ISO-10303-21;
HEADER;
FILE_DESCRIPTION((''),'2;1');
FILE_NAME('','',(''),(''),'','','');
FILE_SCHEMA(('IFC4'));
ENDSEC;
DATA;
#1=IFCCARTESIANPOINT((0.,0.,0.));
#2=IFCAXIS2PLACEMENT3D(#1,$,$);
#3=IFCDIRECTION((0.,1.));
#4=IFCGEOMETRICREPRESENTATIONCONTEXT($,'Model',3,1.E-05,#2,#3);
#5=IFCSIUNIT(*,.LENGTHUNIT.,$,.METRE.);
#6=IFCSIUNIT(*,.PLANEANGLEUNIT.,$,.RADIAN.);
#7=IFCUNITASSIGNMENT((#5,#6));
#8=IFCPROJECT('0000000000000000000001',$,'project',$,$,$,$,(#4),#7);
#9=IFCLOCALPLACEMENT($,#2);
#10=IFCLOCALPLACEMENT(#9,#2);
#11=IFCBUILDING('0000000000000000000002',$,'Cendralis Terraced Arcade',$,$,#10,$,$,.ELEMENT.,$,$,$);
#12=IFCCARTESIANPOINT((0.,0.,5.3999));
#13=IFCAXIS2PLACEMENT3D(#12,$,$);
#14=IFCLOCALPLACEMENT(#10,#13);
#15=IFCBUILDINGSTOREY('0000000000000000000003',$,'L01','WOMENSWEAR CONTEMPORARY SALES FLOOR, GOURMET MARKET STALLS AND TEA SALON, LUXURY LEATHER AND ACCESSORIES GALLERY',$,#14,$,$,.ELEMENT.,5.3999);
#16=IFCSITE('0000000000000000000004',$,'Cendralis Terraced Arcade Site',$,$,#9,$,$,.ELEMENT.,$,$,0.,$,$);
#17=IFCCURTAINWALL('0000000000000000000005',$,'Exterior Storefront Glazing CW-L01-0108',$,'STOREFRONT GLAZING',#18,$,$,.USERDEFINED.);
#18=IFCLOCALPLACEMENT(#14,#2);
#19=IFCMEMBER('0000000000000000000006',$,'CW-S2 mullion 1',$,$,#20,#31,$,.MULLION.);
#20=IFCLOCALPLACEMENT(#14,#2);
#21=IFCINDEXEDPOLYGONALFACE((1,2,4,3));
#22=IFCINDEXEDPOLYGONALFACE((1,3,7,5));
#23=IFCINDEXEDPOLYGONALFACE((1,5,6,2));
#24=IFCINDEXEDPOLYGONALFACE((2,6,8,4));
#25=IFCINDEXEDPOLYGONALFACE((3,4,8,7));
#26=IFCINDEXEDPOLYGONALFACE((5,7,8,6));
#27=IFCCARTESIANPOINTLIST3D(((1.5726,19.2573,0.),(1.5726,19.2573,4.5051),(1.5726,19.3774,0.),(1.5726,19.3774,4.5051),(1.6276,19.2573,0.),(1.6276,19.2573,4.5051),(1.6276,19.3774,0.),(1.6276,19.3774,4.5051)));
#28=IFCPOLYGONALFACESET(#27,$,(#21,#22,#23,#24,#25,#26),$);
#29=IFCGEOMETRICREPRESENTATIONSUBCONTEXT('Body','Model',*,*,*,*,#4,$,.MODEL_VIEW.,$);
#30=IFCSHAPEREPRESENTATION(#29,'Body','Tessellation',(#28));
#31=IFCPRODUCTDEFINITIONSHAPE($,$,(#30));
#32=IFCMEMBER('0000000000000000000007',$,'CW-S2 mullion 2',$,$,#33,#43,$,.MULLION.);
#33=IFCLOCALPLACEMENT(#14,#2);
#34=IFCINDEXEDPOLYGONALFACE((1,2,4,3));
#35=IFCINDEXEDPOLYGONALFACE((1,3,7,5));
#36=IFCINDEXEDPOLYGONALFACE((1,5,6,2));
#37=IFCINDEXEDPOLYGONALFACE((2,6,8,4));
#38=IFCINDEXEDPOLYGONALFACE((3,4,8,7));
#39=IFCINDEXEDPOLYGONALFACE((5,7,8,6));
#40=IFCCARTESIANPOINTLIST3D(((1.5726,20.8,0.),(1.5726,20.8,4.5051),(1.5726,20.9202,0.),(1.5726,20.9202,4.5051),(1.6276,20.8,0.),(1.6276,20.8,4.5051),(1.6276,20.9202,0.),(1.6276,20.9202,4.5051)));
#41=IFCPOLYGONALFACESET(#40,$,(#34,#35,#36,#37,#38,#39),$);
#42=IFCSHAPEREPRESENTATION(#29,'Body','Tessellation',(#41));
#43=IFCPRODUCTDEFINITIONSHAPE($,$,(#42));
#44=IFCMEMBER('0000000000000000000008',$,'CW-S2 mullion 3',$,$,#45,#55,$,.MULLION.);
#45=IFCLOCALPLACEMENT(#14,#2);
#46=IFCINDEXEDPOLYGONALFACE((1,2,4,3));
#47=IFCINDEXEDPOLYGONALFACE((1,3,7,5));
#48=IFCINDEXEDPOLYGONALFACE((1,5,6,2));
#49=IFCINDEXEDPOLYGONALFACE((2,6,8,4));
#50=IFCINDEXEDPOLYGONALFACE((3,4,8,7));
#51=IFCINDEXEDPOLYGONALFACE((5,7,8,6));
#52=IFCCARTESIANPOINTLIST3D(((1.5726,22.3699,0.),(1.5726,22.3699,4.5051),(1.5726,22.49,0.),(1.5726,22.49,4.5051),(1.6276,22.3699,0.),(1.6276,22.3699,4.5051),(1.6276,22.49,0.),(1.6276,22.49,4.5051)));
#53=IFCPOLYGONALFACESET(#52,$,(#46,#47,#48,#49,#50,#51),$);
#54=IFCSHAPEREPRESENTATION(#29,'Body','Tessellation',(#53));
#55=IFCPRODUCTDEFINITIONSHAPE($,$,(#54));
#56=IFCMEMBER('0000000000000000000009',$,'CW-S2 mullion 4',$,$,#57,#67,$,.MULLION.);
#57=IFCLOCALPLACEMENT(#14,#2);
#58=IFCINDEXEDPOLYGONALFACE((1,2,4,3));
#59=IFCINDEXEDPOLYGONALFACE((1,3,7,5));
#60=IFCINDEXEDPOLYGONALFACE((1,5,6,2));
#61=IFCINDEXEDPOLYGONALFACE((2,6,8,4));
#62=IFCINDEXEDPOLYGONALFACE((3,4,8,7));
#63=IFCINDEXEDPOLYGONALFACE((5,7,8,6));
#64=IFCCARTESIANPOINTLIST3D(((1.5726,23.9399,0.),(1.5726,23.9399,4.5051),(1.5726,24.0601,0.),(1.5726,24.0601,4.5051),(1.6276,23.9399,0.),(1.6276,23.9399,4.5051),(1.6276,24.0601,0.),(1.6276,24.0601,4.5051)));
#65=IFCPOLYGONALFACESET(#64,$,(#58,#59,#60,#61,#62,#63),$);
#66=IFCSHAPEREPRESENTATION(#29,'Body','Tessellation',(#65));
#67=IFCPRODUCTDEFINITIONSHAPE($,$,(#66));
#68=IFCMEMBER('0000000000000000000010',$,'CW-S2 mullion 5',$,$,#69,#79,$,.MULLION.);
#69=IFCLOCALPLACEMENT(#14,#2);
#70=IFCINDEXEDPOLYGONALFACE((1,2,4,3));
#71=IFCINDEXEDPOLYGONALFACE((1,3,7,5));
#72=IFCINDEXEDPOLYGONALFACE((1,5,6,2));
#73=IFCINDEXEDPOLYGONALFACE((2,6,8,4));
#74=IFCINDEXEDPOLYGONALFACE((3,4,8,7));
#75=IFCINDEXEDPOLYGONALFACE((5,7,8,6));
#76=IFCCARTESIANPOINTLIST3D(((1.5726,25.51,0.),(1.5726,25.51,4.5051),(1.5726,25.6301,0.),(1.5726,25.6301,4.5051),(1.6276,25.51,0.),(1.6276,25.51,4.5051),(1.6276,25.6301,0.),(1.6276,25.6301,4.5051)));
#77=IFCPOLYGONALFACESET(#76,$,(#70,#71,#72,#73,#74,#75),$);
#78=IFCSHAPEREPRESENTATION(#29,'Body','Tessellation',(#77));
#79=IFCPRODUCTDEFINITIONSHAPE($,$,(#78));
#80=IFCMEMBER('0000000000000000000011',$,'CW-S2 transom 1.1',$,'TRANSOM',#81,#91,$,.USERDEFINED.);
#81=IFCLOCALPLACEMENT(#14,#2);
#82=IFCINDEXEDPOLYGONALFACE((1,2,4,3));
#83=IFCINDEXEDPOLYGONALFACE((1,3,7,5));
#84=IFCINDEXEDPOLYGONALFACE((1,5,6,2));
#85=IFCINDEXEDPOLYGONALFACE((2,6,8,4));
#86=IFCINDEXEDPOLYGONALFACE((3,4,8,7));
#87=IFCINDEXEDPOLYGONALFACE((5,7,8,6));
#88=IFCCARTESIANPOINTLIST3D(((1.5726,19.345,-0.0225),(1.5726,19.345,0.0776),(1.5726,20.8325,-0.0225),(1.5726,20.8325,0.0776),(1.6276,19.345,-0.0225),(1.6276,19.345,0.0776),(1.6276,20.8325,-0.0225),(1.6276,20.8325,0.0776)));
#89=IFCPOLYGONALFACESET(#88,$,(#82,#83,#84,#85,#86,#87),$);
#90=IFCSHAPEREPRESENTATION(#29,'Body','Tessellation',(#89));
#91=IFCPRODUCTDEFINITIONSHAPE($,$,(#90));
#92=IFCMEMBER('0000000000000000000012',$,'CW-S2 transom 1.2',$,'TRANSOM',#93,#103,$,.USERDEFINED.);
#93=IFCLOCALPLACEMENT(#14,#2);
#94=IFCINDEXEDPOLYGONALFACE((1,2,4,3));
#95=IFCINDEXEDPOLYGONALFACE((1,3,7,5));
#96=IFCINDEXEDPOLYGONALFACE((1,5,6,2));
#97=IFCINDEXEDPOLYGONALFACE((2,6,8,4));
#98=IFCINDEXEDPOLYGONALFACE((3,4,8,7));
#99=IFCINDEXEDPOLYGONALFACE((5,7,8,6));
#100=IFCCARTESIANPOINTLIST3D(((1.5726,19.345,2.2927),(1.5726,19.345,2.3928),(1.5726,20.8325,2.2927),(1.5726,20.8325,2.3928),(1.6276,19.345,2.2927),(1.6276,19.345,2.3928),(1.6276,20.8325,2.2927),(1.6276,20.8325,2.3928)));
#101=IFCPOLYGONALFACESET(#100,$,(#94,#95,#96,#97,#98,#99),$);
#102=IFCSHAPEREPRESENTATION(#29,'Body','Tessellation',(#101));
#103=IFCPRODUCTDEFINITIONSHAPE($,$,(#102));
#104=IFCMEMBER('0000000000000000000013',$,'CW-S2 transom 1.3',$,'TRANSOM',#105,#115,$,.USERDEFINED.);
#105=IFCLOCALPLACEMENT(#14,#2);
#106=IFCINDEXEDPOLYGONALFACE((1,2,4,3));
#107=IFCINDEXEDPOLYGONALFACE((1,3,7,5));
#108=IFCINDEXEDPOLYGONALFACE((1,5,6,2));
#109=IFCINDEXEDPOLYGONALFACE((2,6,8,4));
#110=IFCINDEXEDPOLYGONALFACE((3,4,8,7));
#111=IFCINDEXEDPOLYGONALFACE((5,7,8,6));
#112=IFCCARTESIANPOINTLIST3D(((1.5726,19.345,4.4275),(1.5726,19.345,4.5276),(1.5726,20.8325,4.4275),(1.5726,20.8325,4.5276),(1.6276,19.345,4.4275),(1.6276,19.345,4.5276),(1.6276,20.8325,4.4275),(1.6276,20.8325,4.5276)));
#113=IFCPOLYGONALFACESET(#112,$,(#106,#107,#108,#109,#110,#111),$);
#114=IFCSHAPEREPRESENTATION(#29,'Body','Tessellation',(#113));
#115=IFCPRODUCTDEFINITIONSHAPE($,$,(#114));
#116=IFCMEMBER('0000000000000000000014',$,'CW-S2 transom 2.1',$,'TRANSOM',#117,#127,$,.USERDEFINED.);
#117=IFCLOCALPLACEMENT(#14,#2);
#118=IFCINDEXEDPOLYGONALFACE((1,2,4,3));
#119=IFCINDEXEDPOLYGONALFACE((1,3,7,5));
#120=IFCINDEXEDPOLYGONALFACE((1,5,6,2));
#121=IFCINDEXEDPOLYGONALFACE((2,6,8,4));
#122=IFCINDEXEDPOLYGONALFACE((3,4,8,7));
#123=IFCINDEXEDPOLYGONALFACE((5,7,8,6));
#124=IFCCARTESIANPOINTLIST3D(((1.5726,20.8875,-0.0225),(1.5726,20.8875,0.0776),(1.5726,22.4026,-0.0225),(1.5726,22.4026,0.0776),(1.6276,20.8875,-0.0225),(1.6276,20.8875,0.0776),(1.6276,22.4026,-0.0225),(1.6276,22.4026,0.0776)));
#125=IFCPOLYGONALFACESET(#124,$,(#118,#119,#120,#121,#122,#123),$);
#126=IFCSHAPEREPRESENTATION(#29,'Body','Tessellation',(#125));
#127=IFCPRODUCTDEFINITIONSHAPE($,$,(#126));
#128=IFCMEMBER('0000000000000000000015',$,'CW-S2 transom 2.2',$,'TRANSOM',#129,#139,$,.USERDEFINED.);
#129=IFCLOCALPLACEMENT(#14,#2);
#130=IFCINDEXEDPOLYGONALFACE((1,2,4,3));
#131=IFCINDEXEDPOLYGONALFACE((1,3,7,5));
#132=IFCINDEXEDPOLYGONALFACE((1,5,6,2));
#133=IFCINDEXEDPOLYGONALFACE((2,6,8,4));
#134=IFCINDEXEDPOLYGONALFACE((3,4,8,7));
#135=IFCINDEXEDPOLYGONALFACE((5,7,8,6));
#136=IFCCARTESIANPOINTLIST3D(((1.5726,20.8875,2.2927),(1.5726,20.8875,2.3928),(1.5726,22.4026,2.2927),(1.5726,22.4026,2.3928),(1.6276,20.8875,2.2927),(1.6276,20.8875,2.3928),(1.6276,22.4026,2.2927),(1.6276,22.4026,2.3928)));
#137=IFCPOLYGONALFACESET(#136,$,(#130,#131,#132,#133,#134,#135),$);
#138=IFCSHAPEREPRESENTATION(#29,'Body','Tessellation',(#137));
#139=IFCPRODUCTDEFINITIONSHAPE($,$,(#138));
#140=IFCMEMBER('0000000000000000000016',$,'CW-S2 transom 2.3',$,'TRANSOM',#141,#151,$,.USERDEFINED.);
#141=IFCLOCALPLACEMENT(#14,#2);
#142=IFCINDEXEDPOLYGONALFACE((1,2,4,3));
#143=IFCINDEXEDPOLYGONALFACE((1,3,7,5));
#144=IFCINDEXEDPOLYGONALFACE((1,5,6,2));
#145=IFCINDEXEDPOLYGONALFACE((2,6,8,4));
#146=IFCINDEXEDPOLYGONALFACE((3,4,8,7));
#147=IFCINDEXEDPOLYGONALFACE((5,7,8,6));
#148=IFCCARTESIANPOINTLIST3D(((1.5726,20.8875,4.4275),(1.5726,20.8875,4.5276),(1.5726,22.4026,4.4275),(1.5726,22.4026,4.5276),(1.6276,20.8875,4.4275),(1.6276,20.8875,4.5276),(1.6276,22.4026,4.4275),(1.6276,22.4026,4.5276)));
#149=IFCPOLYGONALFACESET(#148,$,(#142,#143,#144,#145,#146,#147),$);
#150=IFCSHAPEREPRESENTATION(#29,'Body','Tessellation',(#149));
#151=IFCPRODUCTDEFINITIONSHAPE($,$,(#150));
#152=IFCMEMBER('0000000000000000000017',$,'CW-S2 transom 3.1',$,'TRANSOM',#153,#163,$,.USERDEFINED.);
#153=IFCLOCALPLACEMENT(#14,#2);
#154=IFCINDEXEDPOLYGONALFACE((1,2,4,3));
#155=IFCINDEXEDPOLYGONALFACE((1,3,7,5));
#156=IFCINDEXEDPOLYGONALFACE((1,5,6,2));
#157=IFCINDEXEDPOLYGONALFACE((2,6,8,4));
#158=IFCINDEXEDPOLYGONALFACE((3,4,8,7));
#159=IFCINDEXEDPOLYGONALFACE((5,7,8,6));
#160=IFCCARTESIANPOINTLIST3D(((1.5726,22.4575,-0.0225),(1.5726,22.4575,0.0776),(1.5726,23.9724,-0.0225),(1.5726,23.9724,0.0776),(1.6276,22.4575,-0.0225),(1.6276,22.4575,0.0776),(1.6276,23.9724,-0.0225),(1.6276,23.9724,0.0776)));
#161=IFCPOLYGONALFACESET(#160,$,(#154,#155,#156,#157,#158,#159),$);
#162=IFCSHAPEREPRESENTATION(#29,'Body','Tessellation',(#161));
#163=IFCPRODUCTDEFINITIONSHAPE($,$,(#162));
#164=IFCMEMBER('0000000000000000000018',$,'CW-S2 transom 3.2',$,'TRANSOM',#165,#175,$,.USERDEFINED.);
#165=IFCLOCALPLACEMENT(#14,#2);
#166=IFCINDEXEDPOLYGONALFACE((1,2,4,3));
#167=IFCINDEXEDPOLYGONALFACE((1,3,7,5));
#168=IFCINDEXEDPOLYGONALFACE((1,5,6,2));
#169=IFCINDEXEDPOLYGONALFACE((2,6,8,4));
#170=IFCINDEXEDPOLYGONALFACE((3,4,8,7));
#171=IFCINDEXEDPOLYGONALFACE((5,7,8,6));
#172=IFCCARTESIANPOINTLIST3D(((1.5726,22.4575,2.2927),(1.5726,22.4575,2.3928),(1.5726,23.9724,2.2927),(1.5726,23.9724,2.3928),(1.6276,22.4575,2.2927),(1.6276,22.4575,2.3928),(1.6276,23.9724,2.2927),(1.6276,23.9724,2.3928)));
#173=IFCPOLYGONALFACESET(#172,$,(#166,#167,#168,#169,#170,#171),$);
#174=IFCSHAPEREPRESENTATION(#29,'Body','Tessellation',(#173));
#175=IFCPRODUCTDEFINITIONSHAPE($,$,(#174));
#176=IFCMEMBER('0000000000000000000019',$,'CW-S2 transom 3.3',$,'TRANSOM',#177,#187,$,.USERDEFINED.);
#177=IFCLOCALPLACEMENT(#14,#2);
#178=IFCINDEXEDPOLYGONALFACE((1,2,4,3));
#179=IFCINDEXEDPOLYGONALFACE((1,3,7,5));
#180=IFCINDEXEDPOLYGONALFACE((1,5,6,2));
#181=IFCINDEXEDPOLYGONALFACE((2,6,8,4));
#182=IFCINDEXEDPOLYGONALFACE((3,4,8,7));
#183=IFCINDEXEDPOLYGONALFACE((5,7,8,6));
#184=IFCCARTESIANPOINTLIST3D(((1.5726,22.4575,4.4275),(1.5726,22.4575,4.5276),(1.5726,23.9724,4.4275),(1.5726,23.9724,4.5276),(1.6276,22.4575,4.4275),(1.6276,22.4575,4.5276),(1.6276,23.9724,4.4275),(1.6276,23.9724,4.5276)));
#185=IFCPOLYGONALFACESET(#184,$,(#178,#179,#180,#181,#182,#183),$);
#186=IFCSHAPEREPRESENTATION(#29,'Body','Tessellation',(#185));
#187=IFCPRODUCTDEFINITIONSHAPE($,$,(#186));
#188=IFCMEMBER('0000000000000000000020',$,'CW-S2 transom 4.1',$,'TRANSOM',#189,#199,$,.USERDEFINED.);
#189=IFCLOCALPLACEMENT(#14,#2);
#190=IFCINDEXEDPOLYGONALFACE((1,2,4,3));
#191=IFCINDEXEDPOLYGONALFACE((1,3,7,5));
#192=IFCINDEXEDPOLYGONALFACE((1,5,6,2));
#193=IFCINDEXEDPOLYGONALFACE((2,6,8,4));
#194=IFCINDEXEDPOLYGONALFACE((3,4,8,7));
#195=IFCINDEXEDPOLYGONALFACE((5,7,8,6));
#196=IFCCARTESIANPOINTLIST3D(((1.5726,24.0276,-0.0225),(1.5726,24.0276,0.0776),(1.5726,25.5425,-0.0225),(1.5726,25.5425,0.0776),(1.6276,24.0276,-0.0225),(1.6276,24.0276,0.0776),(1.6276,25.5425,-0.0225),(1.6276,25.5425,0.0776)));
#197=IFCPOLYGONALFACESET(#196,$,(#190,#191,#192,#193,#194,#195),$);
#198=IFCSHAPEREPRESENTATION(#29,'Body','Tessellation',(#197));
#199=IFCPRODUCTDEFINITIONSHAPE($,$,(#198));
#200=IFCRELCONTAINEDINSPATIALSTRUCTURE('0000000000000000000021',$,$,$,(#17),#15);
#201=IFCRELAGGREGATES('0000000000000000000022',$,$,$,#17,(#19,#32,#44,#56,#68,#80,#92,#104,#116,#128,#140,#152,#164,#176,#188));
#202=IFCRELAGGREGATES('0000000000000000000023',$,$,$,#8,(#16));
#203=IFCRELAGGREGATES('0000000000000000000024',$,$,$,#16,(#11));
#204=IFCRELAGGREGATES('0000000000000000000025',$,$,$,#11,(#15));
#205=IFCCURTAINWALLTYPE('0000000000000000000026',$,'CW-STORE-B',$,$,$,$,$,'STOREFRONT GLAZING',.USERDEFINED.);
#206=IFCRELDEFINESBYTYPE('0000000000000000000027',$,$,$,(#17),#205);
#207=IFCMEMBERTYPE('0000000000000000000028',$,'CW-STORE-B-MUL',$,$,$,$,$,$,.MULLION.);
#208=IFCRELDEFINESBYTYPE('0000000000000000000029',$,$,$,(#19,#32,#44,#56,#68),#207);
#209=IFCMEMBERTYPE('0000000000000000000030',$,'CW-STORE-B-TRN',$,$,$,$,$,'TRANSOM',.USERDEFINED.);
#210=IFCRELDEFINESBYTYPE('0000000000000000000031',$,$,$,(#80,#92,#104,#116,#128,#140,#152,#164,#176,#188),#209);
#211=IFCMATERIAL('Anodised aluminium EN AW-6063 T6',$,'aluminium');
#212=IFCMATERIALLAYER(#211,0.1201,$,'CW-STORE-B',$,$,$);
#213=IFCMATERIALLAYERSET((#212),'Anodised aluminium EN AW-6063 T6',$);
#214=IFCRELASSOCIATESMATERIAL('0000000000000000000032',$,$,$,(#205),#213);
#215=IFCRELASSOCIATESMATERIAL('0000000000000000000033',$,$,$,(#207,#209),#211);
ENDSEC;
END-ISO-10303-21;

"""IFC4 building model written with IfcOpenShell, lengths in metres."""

from ifc_helpers import new_model, si_unit, direction, frame, origin, origin_2d, place, context, subcontext, project, spatial, rectangle, extrude, material, layer, layer_set, material_profile, profile_set, type_object, element, aggregate, save


model = new_model("IFC4")

# Units and contexts
model_context = context("Model", 3, precision=1e-05, world=origin(), true_north=direction((0.0, 1.0)))
body_context = subcontext(model_context, "Body", "Model", "MODEL_VIEW")
ifc_project = project(units=[si_unit("LENGTHUNIT", "METRE"), si_unit("PLANEANGLEUNIT", "RADIAN")], contexts=[model_context])

# Site, building, storey
site_placement = place(None, origin())
site = spatial("IfcSite", under=ifc_project, at=site_placement, Name="Cendralis Terraced Arcade Site", CompositionType="ELEMENT", RefElevation=0.0)
building_placement = place(site_placement, origin())
building = spatial("IfcBuilding", under=site, at=building_placement, Name="Cendralis Terraced Arcade", CompositionType="ELEMENT")
storey_placement = place(building_placement, frame((0.0, 0.0, 5.3999)))
storey = spatial("IfcBuildingStorey", under=building, at=storey_placement, Name="L01", Description="WOMENSWEAR CONTEMPORARY SALES FLOOR, GOURMET MARKET STALLS AND TEA SALON, LUXURY LEATHER AND ACCESSORIES GALLERY", CompositionType="ELEMENT", Elevation=5.3999)

# Curtain wall, members
ifc_material_1 = material(Name="Anodised aluminium EN AW-6063 T6", Category="aluminium")
ifc_layer_1 = layer(ifc_material_1, 0.1201, Name="CW-STORE-B")
ifc_layer_set_1 = layer_set([ifc_layer_1], Name="Anodised aluminium EN AW-6063 T6")
curtain_wall_type = type_object("IfcCurtainWallType", Name="CW-STORE-B", ElementType="STOREFRONT GLAZING", PredefinedType="USERDEFINED", material=ifc_layer_set_1)
curtain_wall_placement = place(storey_placement, origin())
curtain_wall = element("IfcCurtainWall", 1, at=curtain_wall_placement, inside=storey, type_object=curtain_wall_type, Name="Exterior Storefront Glazing CW-L01-0108", ObjectType="STOREFRONT GLAZING", PredefinedType="USERDEFINED")
ifc_material_profile_1 = material_profile(ifc_material_1, rectangle(XDim=0.0549, YDim=0.1201, at=origin_2d()), Name="ALU-MUL-55x120")
ifc_profile_set_1 = profile_set([ifc_material_profile_1], Name="Anodised aluminium EN AW-6063 T6")
member_type_1 = type_object("IfcMemberType", Name="CW-STORE-B-MUL", PredefinedType="MULLION", material=ifc_profile_set_1)
member_1_placement = place(storey_placement, frame((1.6001, 19.3174, 0.0), z_axis=(0.0, 0.0, 1.0), x_axis=(-1.0, 0.0, 0.0)))
member_1 = element("IfcMember", 2, at=member_1_placement, type_object=member_type_1, Name="CW-S2 mullion 1", PredefinedType="MULLION", context=body_context, shape_type="SweptSolid", body=[
    extrude(rectangle(XDim=0.0549, YDim=0.1201, at=origin_2d()), origin(), (0.0, 0.0, 1.0), 4.5051),
])
member_2_placement = place(storey_placement, frame((1.6001, 20.8601, 0.0), z_axis=(0.0, 0.0, 1.0), x_axis=(-1.0, 0.0, 0.0)))
member_2 = element("IfcMember", 3, at=member_2_placement, type_object=member_type_1, Name="CW-S2 mullion 2", PredefinedType="MULLION", context=body_context, shape_type="SweptSolid", body=[
    extrude(rectangle(XDim=0.0549, YDim=0.1201, at=origin_2d()), origin(), (0.0, 0.0, 1.0), 4.5051),
])
member_3_placement = place(storey_placement, frame((1.6001, 22.4299, 0.0), z_axis=(0.0, 0.0, 1.0), x_axis=(-1.0, 0.0, 0.0)))
member_3 = element("IfcMember", 4, at=member_3_placement, type_object=member_type_1, Name="CW-S2 mullion 3", PredefinedType="MULLION", context=body_context, shape_type="SweptSolid", body=[
    extrude(rectangle(XDim=0.0549, YDim=0.1201, at=origin_2d()), origin(), (0.0, 0.0, 1.0), 4.5051),
])
member_4_placement = place(storey_placement, frame((1.6001, 24.0, 0.0), z_axis=(0.0, 0.0, 1.0), x_axis=(-1.0, 0.0, 0.0)))
member_4 = element("IfcMember", 5, at=member_4_placement, type_object=member_type_1, Name="CW-S2 mullion 4", PredefinedType="MULLION", context=body_context, shape_type="SweptSolid", body=[
    extrude(rectangle(XDim=0.0549, YDim=0.1201, at=origin_2d()), origin(), (0.0, 0.0, 1.0), 4.5051),
])
member_5_placement = place(storey_placement, frame((1.6001, 25.5701, 0.0), z_axis=(0.0, 0.0, 1.0), x_axis=(-1.0, 0.0, 0.0)))
member_5 = element("IfcMember", 6, at=member_5_placement, type_object=member_type_1, Name="CW-S2 mullion 5", PredefinedType="MULLION", context=body_context, shape_type="SweptSolid", body=[
    extrude(rectangle(XDim=0.0549, YDim=0.1201, at=origin_2d()), origin(), (0.0, 0.0, 1.0), 4.5051),
])
ifc_material_profile_2 = material_profile(ifc_material_1, rectangle(XDim=0.0549, YDim=0.1001, at=origin_2d()), Name="ALU-TRN-55x100")
ifc_profile_set_2 = profile_set([ifc_material_profile_2], Name="Anodised aluminium EN AW-6063 T6")
member_type_2 = type_object("IfcMemberType", Name="CW-STORE-B-TRN", ElementType="TRANSOM", PredefinedType="USERDEFINED", material=ifc_profile_set_2)
member_6_placement = place(storey_placement, frame((1.6001, 19.345, 0.0276), z_axis=(0.0, 1.0, 0.0), x_axis=(-1.0, 0.0, 0.0)))
member_6 = element("IfcMember", 7, at=member_6_placement, type_object=member_type_2, Name="CW-S2 transom 1.1", ObjectType="TRANSOM", PredefinedType="USERDEFINED", context=body_context, shape_type="SweptSolid", body=[
    extrude(rectangle(XDim=0.0549, YDim=0.1001, at=origin_2d()), origin(), (0.0, 0.0, 1.0), 1.4875),
])
member_7_placement = place(storey_placement, frame((1.6001, 19.345, 2.3428), z_axis=(0.0, 1.0, 0.0), x_axis=(-1.0, 0.0, 0.0)))
member_7 = element("IfcMember", 8, at=member_7_placement, type_object=member_type_2, Name="CW-S2 transom 1.2", ObjectType="TRANSOM", PredefinedType="USERDEFINED", context=body_context, shape_type="SweptSolid", body=[
    extrude(rectangle(XDim=0.0549, YDim=0.1001, at=origin_2d()), origin(), (0.0, 0.0, 1.0), 1.4875),
])
member_8_placement = place(storey_placement, frame((1.6001, 19.345, 4.4775), z_axis=(0.0, 1.0, 0.0), x_axis=(-1.0, 0.0, 0.0)))
member_8 = element("IfcMember", 9, at=member_8_placement, type_object=member_type_2, Name="CW-S2 transom 1.3", ObjectType="TRANSOM", PredefinedType="USERDEFINED", context=body_context, shape_type="SweptSolid", body=[
    extrude(rectangle(XDim=0.0549, YDim=0.1001, at=origin_2d()), origin(), (0.0, 0.0, 1.0), 1.4875),
])
member_9_placement = place(storey_placement, frame((1.6001, 20.8875, 0.0276), z_axis=(0.0, 1.0, 0.0), x_axis=(-1.0, 0.0, 0.0)))
member_9 = element("IfcMember", 10, at=member_9_placement, type_object=member_type_2, Name="CW-S2 transom 2.1", ObjectType="TRANSOM", PredefinedType="USERDEFINED", context=body_context, shape_type="SweptSolid", body=[
    extrude(rectangle(XDim=0.0549, YDim=0.1001, at=origin_2d()), origin(), (0.0, 0.0, 1.0), 1.5151),
])
member_10_placement = place(storey_placement, frame((1.6001, 20.8875, 2.3428), z_axis=(0.0, 1.0, 0.0), x_axis=(-1.0, 0.0, 0.0)))
member_10 = element("IfcMember", 11, at=member_10_placement, type_object=member_type_2, Name="CW-S2 transom 2.2", ObjectType="TRANSOM", PredefinedType="USERDEFINED", context=body_context, shape_type="SweptSolid", body=[
    extrude(rectangle(XDim=0.0549, YDim=0.1001, at=origin_2d()), origin(), (0.0, 0.0, 1.0), 1.5151),
])
member_11_placement = place(storey_placement, frame((1.6001, 20.8875, 4.4775), z_axis=(0.0, 1.0, 0.0), x_axis=(-1.0, 0.0, 0.0)))
member_11 = element("IfcMember", 12, at=member_11_placement, type_object=member_type_2, Name="CW-S2 transom 2.3", ObjectType="TRANSOM", PredefinedType="USERDEFINED", context=body_context, shape_type="SweptSolid", body=[
    extrude(rectangle(XDim=0.0549, YDim=0.1001, at=origin_2d()), origin(), (0.0, 0.0, 1.0), 1.5151),
])
member_12_placement = place(storey_placement, frame((1.6001, 22.4575, 0.0276), z_axis=(0.0, 1.0, 0.0), x_axis=(-1.0, 0.0, 0.0)))
member_12 = element("IfcMember", 13, at=member_12_placement, type_object=member_type_2, Name="CW-S2 transom 3.1", ObjectType="TRANSOM", PredefinedType="USERDEFINED", context=body_context, shape_type="SweptSolid", body=[
    extrude(rectangle(XDim=0.0549, YDim=0.1001, at=origin_2d()), origin(), (0.0, 0.0, 1.0), 1.5149),
])
member_13_placement = place(storey_placement, frame((1.6001, 22.4575, 2.3428), z_axis=(0.0, 1.0, 0.0), x_axis=(-1.0, 0.0, 0.0)))
member_13 = element("IfcMember", 14, at=member_13_placement, type_object=member_type_2, Name="CW-S2 transom 3.2", ObjectType="TRANSOM", PredefinedType="USERDEFINED", context=body_context, shape_type="SweptSolid", body=[
    extrude(rectangle(XDim=0.0549, YDim=0.1001, at=origin_2d()), origin(), (0.0, 0.0, 1.0), 1.5149),
])
member_14_placement = place(storey_placement, frame((1.6001, 22.4575, 4.4775), z_axis=(0.0, 1.0, 0.0), x_axis=(-1.0, 0.0, 0.0)))
member_14 = element("IfcMember", 15, at=member_14_placement, type_object=member_type_2, Name="CW-S2 transom 3.3", ObjectType="TRANSOM", PredefinedType="USERDEFINED", context=body_context, shape_type="SweptSolid", body=[
    extrude(rectangle(XDim=0.0549, YDim=0.1001, at=origin_2d()), origin(), (0.0, 0.0, 1.0), 1.5149),
])
member_15_placement = place(storey_placement, frame((1.6001, 24.0276, 0.0276), z_axis=(0.0, 1.0, 0.0), x_axis=(-1.0, 0.0, 0.0)))
member_15 = element("IfcMember", 16, at=member_15_placement, type_object=member_type_2, Name="CW-S2 transom 4.1", ObjectType="TRANSOM", PredefinedType="USERDEFINED", context=body_context, shape_type="SweptSolid", body=[
    extrude(rectangle(XDim=0.0549, YDim=0.1001, at=origin_2d()), origin(), (0.0, 0.0, 1.0), 1.5149),
])
aggregate(curtain_wall, [member_1, member_2, member_3, member_4, member_5, member_6, member_7, member_8, member_9, member_10, member_11, member_12, member_13, member_14, member_15])

save(model, "model.ifc")
